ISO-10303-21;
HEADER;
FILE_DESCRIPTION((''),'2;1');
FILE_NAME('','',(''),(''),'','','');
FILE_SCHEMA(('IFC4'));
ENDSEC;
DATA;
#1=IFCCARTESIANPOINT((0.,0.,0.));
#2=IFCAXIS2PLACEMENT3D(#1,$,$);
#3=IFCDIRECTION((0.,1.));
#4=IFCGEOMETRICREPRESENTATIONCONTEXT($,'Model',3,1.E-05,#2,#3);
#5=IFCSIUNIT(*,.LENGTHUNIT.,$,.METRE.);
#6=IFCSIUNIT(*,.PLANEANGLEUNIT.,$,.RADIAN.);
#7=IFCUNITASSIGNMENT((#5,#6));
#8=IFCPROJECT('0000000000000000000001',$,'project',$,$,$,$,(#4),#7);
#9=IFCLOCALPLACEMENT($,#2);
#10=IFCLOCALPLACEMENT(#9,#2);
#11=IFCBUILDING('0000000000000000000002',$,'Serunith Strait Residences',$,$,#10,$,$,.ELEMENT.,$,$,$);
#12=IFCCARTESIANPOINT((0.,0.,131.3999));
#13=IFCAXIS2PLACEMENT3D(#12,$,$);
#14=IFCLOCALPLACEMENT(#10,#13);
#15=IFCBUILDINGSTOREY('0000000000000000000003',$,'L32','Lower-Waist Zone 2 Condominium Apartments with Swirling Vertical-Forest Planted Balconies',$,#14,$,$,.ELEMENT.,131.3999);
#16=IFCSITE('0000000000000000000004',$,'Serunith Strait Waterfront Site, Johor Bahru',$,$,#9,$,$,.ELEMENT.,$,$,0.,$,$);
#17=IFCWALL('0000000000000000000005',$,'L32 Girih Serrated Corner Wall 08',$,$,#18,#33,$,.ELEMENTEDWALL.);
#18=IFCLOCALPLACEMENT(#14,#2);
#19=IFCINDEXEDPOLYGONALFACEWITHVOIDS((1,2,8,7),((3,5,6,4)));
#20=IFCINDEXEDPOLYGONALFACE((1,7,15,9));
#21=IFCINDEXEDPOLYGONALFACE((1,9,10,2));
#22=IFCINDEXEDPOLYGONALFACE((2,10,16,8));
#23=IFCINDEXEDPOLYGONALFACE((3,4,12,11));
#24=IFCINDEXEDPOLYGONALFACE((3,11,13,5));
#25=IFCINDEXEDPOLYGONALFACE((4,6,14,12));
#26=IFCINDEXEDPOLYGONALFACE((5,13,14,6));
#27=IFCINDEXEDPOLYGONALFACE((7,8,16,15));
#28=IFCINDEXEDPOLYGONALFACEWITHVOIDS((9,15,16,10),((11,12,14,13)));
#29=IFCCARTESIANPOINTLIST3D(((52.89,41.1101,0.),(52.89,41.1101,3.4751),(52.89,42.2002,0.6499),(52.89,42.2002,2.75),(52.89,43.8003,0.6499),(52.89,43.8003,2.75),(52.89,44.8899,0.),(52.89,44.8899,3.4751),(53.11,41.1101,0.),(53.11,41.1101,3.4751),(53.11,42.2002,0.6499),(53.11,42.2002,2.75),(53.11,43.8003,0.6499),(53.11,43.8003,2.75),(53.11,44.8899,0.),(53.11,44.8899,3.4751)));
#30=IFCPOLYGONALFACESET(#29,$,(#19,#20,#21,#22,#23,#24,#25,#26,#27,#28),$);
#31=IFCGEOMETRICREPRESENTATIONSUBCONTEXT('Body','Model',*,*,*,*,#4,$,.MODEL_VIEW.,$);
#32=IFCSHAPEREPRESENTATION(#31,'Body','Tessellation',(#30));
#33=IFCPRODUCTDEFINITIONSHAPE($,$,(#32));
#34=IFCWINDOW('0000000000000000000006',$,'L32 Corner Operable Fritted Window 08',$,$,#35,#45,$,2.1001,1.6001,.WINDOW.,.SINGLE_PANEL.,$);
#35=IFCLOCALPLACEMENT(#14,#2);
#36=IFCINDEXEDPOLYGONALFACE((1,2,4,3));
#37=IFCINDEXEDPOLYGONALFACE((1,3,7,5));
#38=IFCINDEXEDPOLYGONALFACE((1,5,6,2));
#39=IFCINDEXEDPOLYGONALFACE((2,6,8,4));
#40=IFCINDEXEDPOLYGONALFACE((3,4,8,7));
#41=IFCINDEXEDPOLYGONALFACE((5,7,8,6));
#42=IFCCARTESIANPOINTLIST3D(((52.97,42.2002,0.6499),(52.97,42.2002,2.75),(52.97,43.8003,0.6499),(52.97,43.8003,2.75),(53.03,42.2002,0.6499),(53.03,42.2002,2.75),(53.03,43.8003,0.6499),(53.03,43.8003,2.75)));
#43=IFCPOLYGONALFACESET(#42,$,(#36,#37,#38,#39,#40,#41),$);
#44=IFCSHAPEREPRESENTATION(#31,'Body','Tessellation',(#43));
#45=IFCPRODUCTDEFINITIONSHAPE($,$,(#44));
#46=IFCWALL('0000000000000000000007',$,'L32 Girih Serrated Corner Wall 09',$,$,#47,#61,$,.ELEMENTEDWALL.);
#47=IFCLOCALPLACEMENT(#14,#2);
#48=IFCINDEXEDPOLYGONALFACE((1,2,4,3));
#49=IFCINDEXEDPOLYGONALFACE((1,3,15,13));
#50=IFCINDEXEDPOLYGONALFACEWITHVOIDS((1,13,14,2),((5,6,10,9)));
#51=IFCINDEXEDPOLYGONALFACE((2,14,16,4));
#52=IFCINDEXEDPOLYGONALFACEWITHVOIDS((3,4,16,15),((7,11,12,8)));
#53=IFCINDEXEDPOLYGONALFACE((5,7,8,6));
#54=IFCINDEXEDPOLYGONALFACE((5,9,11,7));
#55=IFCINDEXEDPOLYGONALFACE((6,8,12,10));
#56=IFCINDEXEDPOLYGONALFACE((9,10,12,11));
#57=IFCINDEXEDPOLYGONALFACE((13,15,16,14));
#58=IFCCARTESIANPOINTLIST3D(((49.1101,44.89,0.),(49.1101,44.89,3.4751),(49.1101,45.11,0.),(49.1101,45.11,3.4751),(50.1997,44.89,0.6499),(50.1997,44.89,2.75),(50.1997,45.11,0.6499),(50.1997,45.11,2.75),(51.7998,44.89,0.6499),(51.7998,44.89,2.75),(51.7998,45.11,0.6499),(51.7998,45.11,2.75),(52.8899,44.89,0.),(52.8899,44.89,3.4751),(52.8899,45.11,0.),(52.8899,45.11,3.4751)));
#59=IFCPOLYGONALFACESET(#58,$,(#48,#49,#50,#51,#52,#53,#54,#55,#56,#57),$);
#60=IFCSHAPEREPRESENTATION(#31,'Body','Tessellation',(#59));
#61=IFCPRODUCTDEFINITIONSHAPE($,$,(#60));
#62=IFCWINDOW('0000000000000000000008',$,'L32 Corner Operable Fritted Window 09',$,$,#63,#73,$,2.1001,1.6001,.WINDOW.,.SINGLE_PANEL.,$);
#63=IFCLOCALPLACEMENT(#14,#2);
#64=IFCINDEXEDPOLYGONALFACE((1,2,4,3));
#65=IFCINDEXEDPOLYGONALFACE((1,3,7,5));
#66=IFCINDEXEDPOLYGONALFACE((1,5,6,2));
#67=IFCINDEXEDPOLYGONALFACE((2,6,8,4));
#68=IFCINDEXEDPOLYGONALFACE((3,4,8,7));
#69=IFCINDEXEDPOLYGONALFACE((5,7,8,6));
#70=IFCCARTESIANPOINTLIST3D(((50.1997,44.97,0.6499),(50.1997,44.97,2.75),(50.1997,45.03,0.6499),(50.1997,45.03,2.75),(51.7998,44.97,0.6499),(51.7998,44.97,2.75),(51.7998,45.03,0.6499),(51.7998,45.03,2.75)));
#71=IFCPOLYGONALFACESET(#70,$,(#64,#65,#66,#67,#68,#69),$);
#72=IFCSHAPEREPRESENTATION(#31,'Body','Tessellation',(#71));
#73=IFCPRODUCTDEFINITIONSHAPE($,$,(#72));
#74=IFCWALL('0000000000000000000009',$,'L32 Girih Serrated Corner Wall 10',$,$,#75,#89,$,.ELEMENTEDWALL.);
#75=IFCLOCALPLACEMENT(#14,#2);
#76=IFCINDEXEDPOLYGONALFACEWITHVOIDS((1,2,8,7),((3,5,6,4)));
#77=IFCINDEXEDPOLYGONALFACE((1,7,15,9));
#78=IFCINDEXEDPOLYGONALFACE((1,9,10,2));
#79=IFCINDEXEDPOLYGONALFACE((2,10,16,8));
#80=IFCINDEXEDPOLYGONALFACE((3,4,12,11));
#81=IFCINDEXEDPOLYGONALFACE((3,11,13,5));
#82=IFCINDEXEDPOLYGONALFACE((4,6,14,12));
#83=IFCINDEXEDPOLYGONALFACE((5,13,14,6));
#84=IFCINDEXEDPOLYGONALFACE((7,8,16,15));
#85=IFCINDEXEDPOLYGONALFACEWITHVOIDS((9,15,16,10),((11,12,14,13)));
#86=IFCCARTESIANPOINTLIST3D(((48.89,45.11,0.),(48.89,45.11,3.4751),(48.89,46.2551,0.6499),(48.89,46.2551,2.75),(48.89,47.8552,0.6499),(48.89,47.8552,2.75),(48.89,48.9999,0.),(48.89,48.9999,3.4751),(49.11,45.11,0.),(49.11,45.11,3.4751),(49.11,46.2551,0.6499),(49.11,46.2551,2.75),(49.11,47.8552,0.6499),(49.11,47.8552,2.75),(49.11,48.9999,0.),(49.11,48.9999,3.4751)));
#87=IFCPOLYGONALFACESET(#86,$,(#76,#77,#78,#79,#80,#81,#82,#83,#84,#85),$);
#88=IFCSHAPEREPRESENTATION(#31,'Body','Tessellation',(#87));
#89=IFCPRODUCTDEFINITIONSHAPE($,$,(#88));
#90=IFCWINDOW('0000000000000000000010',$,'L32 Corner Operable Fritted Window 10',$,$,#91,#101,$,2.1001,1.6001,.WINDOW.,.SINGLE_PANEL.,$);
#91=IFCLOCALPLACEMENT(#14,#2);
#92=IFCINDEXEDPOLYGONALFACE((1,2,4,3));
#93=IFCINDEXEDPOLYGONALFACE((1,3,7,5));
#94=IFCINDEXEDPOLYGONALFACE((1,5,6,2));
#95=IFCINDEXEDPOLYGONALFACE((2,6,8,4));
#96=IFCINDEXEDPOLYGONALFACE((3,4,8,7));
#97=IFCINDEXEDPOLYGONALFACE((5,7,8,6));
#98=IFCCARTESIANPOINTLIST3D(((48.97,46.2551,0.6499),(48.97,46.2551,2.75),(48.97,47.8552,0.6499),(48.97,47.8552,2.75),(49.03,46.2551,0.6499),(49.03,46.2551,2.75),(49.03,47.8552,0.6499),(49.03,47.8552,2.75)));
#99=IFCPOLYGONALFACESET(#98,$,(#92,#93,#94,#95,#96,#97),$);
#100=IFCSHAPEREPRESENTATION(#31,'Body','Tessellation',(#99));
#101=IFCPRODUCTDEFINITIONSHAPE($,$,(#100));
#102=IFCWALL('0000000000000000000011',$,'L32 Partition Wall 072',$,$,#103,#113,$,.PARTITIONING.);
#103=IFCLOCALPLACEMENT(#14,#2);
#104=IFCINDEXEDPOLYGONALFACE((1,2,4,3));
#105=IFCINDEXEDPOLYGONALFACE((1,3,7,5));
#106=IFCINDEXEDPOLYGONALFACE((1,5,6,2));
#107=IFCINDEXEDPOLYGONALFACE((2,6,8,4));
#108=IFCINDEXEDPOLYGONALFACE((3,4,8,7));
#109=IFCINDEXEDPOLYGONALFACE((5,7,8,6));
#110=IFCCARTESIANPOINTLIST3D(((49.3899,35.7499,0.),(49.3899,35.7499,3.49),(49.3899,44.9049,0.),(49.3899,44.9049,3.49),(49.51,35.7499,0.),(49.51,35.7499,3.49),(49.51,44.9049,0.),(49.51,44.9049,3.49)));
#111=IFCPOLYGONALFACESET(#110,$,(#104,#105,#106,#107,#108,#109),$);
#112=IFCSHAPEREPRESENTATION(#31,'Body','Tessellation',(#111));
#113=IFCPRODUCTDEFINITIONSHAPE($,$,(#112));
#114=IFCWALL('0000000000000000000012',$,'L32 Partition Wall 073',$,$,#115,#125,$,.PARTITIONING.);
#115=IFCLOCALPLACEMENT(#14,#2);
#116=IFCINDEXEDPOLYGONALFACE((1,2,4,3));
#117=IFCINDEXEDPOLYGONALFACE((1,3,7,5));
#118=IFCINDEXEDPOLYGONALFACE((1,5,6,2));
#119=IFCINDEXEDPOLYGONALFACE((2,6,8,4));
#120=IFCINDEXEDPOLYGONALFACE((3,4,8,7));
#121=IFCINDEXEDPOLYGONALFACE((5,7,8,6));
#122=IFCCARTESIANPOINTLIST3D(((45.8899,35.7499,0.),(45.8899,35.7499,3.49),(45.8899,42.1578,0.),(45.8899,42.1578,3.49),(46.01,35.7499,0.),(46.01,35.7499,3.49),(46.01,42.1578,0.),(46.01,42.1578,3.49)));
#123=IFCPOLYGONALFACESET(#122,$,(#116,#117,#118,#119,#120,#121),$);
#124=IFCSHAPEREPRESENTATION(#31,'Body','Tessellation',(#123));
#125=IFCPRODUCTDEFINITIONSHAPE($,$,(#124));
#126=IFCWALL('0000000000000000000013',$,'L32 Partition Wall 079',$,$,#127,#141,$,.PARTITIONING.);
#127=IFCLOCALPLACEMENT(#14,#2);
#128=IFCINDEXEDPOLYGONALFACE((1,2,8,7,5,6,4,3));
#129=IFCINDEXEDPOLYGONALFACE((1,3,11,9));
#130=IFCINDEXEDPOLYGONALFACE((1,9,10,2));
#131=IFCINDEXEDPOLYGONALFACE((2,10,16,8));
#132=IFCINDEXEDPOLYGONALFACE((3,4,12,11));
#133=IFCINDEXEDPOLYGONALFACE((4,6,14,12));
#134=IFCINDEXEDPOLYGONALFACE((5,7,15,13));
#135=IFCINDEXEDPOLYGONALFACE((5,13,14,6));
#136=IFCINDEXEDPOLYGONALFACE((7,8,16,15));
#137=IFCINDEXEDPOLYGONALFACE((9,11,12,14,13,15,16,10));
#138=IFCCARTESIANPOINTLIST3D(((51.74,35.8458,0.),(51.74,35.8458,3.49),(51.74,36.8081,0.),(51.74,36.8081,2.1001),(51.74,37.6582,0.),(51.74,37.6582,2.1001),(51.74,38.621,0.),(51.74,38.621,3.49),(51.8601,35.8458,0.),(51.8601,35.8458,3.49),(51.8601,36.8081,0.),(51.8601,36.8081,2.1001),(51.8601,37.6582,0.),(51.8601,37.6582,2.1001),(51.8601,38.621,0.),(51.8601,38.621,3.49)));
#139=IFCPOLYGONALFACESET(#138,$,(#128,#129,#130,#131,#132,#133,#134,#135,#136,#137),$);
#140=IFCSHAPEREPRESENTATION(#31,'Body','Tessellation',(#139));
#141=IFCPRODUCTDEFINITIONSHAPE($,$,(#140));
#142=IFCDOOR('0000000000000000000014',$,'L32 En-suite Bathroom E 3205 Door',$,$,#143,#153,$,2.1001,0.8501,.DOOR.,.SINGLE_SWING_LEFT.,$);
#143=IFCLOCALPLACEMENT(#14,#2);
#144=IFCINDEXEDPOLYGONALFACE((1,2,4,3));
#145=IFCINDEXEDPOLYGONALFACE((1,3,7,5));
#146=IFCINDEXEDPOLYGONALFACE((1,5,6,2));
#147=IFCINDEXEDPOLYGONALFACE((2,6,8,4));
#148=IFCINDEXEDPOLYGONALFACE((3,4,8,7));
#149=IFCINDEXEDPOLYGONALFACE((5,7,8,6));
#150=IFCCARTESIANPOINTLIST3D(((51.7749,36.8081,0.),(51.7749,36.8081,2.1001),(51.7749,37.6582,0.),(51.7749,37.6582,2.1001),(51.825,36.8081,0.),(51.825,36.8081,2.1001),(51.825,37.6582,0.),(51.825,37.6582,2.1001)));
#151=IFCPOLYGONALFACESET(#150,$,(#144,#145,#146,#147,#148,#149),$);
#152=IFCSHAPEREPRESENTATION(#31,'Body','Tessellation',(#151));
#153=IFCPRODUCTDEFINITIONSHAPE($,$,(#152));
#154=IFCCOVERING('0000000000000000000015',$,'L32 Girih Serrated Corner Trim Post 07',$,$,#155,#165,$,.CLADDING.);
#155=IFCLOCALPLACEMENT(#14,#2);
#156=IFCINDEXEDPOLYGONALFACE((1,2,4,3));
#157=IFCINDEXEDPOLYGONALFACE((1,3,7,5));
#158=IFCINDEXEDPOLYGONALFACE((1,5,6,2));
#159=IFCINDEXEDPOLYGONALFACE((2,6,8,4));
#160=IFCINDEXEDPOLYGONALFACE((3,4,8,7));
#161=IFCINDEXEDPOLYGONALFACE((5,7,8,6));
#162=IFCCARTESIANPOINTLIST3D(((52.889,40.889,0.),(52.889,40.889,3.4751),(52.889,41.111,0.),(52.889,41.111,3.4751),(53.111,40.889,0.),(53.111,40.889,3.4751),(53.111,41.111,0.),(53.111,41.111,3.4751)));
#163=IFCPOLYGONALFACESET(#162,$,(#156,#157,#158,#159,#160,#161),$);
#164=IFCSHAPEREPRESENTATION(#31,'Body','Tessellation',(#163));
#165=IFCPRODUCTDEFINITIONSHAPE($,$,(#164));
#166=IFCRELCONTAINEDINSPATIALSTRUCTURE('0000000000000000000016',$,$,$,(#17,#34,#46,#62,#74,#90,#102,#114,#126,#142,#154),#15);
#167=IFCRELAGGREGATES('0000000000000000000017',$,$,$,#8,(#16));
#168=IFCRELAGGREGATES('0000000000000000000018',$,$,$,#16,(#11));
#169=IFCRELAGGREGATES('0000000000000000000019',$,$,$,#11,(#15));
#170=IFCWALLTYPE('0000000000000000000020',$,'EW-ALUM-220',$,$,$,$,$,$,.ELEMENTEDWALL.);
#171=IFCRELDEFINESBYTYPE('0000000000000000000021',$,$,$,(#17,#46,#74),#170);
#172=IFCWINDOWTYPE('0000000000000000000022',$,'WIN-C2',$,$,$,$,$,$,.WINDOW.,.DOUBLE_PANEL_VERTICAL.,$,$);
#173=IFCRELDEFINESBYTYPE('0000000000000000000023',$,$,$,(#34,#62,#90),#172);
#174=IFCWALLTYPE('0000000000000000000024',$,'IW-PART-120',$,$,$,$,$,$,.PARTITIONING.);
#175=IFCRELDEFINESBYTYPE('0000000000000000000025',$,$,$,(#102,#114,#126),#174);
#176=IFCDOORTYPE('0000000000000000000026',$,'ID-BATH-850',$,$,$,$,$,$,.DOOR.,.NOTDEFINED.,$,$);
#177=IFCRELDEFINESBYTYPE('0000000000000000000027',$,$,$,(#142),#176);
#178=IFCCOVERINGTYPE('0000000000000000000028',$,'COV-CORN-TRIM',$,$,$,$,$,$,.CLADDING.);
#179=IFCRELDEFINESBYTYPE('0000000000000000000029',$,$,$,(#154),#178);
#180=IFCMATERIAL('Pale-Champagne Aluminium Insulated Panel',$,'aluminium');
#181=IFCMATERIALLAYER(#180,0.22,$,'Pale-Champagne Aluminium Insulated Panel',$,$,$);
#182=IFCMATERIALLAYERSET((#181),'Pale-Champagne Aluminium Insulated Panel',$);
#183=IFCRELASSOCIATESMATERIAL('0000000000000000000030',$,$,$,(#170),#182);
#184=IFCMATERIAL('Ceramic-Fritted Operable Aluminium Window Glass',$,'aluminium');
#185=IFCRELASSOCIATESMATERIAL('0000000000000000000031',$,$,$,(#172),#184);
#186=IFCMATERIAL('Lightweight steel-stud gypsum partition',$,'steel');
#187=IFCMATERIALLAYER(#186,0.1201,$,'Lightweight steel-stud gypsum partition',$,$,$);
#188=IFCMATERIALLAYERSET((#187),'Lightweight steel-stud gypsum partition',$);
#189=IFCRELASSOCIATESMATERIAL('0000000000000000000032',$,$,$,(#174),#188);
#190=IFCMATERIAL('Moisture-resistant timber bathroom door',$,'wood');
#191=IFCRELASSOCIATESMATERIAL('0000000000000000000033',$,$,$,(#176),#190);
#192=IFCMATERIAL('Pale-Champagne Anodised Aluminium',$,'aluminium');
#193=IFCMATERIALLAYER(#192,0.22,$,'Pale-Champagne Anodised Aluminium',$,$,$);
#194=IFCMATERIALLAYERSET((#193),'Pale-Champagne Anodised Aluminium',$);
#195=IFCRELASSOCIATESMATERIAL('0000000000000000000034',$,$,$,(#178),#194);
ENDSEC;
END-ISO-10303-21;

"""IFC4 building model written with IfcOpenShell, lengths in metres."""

from ifc_helpers import new_model, si_unit, direction, frame, frame_2d, origin, origin_2d, place, context, subcontext, project, spatial, rectangle, extrude, source, transform, mapped, material, layer, layer_set, type_object, element, fill, save


model = new_model("IFC4")

# Units and contexts
model_context = context("Model", 3, precision=1e-05, world=origin(), true_north=direction((0.0, 1.0)))
body_context = subcontext(model_context, "Body", "Model", "MODEL_VIEW")
ifc_project = project(units=[si_unit("LENGTHUNIT", "METRE"), si_unit("PLANEANGLEUNIT", "RADIAN")], contexts=[model_context])

# Site, building, storey
site_placement = place(None, origin())
site = spatial("IfcSite", under=ifc_project, at=site_placement, Name="Serunith Strait Waterfront Site, Johor Bahru", CompositionType="ELEMENT", RefElevation=0.0)
building_placement = place(site_placement, origin())
building = spatial("IfcBuilding", under=site, at=building_placement, Name="Serunith Strait Residences", CompositionType="ELEMENT")
storey_placement = place(building_placement, frame((0.0, 0.0, 131.3999)))
storey = spatial("IfcBuildingStorey", under=building, at=storey_placement, Name="L32", Description="Lower-Waist Zone 2 Condominium Apartments with Swirling Vertical-Forest Planted Balconies", CompositionType="ELEMENT", Elevation=131.3999)

# Shared definitions
ifc_material_1 = material(Name="Pale-Champagne Anodised Aluminium", Category="aluminium")

# Walls, openings, windows
ifc_material_2 = material(Name="Pale-Champagne Aluminium Insulated Panel", Category="aluminium")
ifc_layer_1 = layer(ifc_material_2, 0.22, Name="Pale-Champagne Aluminium Insulated Panel")
ifc_layer_set_1 = layer_set([ifc_layer_1], Name="Pale-Champagne Aluminium Insulated Panel")
wall_type_1 = type_object("IfcWallType", Name="EW-ALUM-220", PredefinedType="ELEMENTEDWALL", material=ifc_layer_set_1)
ifc_material_3 = material(Name="Ceramic-Fritted Operable Aluminium Window Glass", Category="aluminium")
window_type = type_object("IfcWindowType", Name="WIN-C2", PartitioningType="DOUBLE_PANEL_VERTICAL", PredefinedType="WINDOW", material=ifc_material_3)
shared_shape_1 = source(origin(), body_context, "Body", "SweptSolid", [
    extrude(rectangle(XDim=1.6001, YDim=2.1001, at=frame_2d((0.8, 1.05))), frame((0.0, 0.03, 0.0), z_axis=(0.0, -1.0, 0.0), x_axis=(1.0, 0.0, 0.0)), (0.0, 0.0, 1.0), 0.0601),
])
wall_1_placement = place(storey_placement, frame((53.0, 41.1101, 0.0), z_axis=(0.0, 0.0, 1.0), x_axis=(0.0, 1.0, 0.0)))
wall_1 = element("IfcWall", 1, at=wall_1_placement, inside=storey, type_object=wall_type_1, Name="L32 Girih Serrated Corner Wall 08", PredefinedType="ELEMENTEDWALL", context=body_context, shape_type="SweptSolid", body=[
    extrude(rectangle(XDim=3.7798, YDim=0.22, at=frame_2d((1.8899, 0.0))), origin(), (0.0, 0.0, 1.0), 3.4751),
])
opening_1_placement = place(wall_1_placement, frame((1.0901, 0.0, 0.6499)))
opening_1 = element("IfcOpeningElement", 2, at=opening_1_placement, cuts=wall_1, PredefinedType="OPENING", context=body_context, shape_type="SweptSolid", body=[
    extrude(rectangle(XDim=1.6001, YDim=2.1001, at=frame_2d((0.8, 1.05))), frame((0.0, 0.1201, 0.0), z_axis=(0.0, -1.0, 0.0), x_axis=(1.0, 0.0, 0.0)), (0.0, 0.0, 1.0), 0.24),
])
window_1_placement = place(opening_1_placement, origin())
window_1 = element("IfcWindow", 3, at=window_1_placement, inside=storey, type_object=window_type, Name="L32 Corner Operable Fritted Window 08", OverallHeight=2.1001, OverallWidth=1.6001, PartitioningType="SINGLE_PANEL", PredefinedType="WINDOW", context=body_context, shape_type="MappedRepresentation", body=[
    mapped(shared_shape_1, transform((0.0, 0.0, 0.0), scale=1.0)),
])
fill(opening_1, window_1)
wall_2_placement = place(storey_placement, frame((52.8899, 45.0, 0.0), z_axis=(0.0, 0.0, 1.0), x_axis=(-1.0, 0.0, 0.0)))
wall_2 = element("IfcWall", 4, at=wall_2_placement, inside=storey, type_object=wall_type_1, Name="L32 Girih Serrated Corner Wall 09", PredefinedType="ELEMENTEDWALL", context=body_context, shape_type="SweptSolid", body=[
    extrude(rectangle(XDim=3.7798, YDim=0.22, at=frame_2d((1.8899, 0.0))), origin(), (0.0, 0.0, 1.0), 3.4751),
])
opening_2_placement = place(wall_2_placement, frame((1.0901, 0.0, 0.6499)))
opening_2 = element("IfcOpeningElement", 5, at=opening_2_placement, cuts=wall_2, PredefinedType="OPENING", context=body_context, shape_type="SweptSolid", body=[
    extrude(rectangle(XDim=1.6001, YDim=2.1001, at=frame_2d((0.8, 1.05))), frame((0.0, 0.1201, 0.0), z_axis=(0.0, -1.0, 0.0), x_axis=(1.0, 0.0, 0.0)), (0.0, 0.0, 1.0), 0.24),
])
window_2_placement = place(opening_2_placement, origin())
window_2 = element("IfcWindow", 6, at=window_2_placement, inside=storey, type_object=window_type, Name="L32 Corner Operable Fritted Window 09", OverallHeight=2.1001, OverallWidth=1.6001, PartitioningType="SINGLE_PANEL", PredefinedType="WINDOW", context=body_context, shape_type="MappedRepresentation", body=[
    mapped(shared_shape_1, transform((0.0, 0.0, 0.0), scale=1.0)),
])
fill(opening_2, window_2)
wall_3_placement = place(storey_placement, frame((49.0, 45.1101, 0.0), z_axis=(0.0, 0.0, 1.0), x_axis=(0.0, 1.0, 0.0)))
wall_3 = element("IfcWall", 7, at=wall_3_placement, inside=storey, type_object=wall_type_1, Name="L32 Girih Serrated Corner Wall 10", PredefinedType="ELEMENTEDWALL", context=body_context, shape_type="SweptSolid", body=[
    extrude(rectangle(XDim=3.8899, YDim=0.22, at=frame_2d((1.9448, 0.0))), origin(), (0.0, 0.0, 1.0), 3.4751),
])
opening_3_placement = place(wall_3_placement, frame((1.145, 0.0, 0.6499)))
opening_3 = element("IfcOpeningElement", 8, at=opening_3_placement, cuts=wall_3, PredefinedType="OPENING", context=body_context, shape_type="SweptSolid", body=[
    extrude(rectangle(XDim=1.6001, YDim=2.1001, at=frame_2d((0.8, 1.05))), frame((0.0, 0.1201, 0.0), z_axis=(0.0, -1.0, 0.0), x_axis=(1.0, 0.0, 0.0)), (0.0, 0.0, 1.0), 0.24),
])
window_3_placement = place(opening_3_placement, origin())
window_3 = element("IfcWindow", 9, at=window_3_placement, inside=storey, type_object=window_type, Name="L32 Corner Operable Fritted Window 10", OverallHeight=2.1001, OverallWidth=1.6001, PartitioningType="SINGLE_PANEL", PredefinedType="WINDOW", context=body_context, shape_type="MappedRepresentation", body=[
    mapped(shared_shape_1, transform((0.0, 0.0, 0.0), scale=1.0)),
])
fill(opening_3, window_3)

# Walls
ifc_material_4 = material(Name="Lightweight steel-stud gypsum partition", Category="steel")
ifc_layer_2 = layer(ifc_material_4, 0.1201, Name="Lightweight steel-stud gypsum partition")
ifc_layer_set_2 = layer_set([ifc_layer_2], Name="Lightweight steel-stud gypsum partition")
wall_type_2 = type_object("IfcWallType", Name="IW-PART-120", PredefinedType="PARTITIONING", material=ifc_layer_set_2)
wall_4_placement = place(storey_placement, frame((49.45, 44.905, 0.0), z_axis=(0.0, 0.0, 1.0), x_axis=(0.0, -1.0, 0.0)))
element("IfcWall", 10, at=wall_4_placement, inside=storey, type_object=wall_type_2, Name="L32 Partition Wall 072", PredefinedType="PARTITIONING", context=body_context, shape_type="SweptSolid", body=[
    extrude(rectangle(XDim=9.155, YDim=0.1201, at=frame_2d((4.5776, 0.0))), origin(), (0.0, 0.0, 1.0), 3.49),
])
wall_5_placement = place(storey_placement, frame((45.95, 42.158, 0.0), z_axis=(0.0, 0.0, 1.0), x_axis=(0.0, -1.0, 0.0)))
element("IfcWall", 11, at=wall_5_placement, inside=storey, type_object=wall_type_2, Name="L32 Partition Wall 073", PredefinedType="PARTITIONING", context=body_context, shape_type="SweptSolid", body=[
    extrude(rectangle(XDim=6.408, YDim=0.1201, at=frame_2d((3.2041, 0.0))), origin(), (0.0, 0.0, 1.0), 3.49),
])

# Wall, opening, door
wall_6_placement = place(storey_placement, frame((51.8, 38.6211, 0.0), z_axis=(0.0, 0.0, 1.0), x_axis=(0.0, -1.0, 0.0)))
wall_6 = element("IfcWall", 12, at=wall_6_placement, inside=storey, type_object=wall_type_2, Name="L32 Partition Wall 079", PredefinedType="PARTITIONING", context=body_context, shape_type="SweptSolid", body=[
    extrude(rectangle(XDim=2.7751, YDim=0.1201, at=frame_2d((1.3877, 0.0))), origin(), (0.0, 0.0, 1.0), 3.49),
])
opening_4_placement = place(wall_6_placement, frame((0.9629, 0.0, 0.0)))
opening_4 = element("IfcOpeningElement", 13, at=opening_4_placement, cuts=wall_6, PredefinedType="OPENING", context=body_context, shape_type="SweptSolid", body=[
    extrude(rectangle(XDim=0.8501, YDim=2.1001, at=frame_2d((0.425, 1.05))), frame((0.0, 0.0701, 0.0), z_axis=(0.0, -1.0, 0.0), x_axis=(1.0, 0.0, 0.0)), (0.0, 0.0, 1.0), 0.1401),
])
ifc_material_5 = material(Name="Moisture-resistant timber bathroom door", Category="wood")
door_type = type_object("IfcDoorType", Name="ID-BATH-850", OperationType="NOTDEFINED", PredefinedType="DOOR", material=ifc_material_5)
shared_shape_2 = source(origin(), body_context, "Body", "SweptSolid", [
    extrude(rectangle(XDim=0.8501, YDim=2.1001, at=frame_2d((0.425, 1.05))), frame((0.0, 0.0249, 0.0), z_axis=(0.0, -1.0, 0.0), x_axis=(1.0, 0.0, 0.0)), (0.0, 0.0, 1.0), 0.05),
])
door_placement = place(opening_4_placement, origin())
door = element("IfcDoor", 14, at=door_placement, inside=storey, type_object=door_type, Name="L32 En-suite Bathroom E 3205 Door", OperationType="SINGLE_SWING_LEFT", OverallHeight=2.1001, OverallWidth=0.8501, PredefinedType="DOOR", context=body_context, shape_type="MappedRepresentation", body=[
    mapped(shared_shape_2, transform((0.0, 0.0, 0.0), scale=1.0)),
])
fill(opening_4, door)

# Covering
ifc_layer_3 = layer(ifc_material_1, 0.22, Name="Pale-Champagne Anodised Aluminium")
ifc_layer_set_3 = layer_set([ifc_layer_3], Name="Pale-Champagne Anodised Aluminium")
covering_type = type_object("IfcCoveringType", Name="COV-CORN-TRIM", PredefinedType="CLADDING", material=ifc_layer_set_3)
shared_shape_3 = source(origin(), body_context, "Body", "SweptSolid", [
    extrude(rectangle(XDim=0.2219, YDim=0.2219, at=origin_2d()), origin(), (0.0, 0.0, 1.0), 3.4751),
])
for number, where, z_axis, x_axis, name in (
    (15, (53.0, 41.0, 0.0), (0.0, 0.0, 1.0), (1.0, 0.0, 0.0), "L32 Girih Serrated Corner Trim Post 07"),
):
    element("IfcCovering", number, at=place(storey_placement, frame(where, z_axis=z_axis, x_axis=x_axis)), inside=storey, type_object=covering_type, Name=name, PredefinedType="CLADDING", context=body_context, shape_type="MappedRepresentation", body=[
        mapped(shared_shape_3, transform((0.0, 0.0, 0.0), scale=1.0)),
    ])

save(model, "model.ifc")
